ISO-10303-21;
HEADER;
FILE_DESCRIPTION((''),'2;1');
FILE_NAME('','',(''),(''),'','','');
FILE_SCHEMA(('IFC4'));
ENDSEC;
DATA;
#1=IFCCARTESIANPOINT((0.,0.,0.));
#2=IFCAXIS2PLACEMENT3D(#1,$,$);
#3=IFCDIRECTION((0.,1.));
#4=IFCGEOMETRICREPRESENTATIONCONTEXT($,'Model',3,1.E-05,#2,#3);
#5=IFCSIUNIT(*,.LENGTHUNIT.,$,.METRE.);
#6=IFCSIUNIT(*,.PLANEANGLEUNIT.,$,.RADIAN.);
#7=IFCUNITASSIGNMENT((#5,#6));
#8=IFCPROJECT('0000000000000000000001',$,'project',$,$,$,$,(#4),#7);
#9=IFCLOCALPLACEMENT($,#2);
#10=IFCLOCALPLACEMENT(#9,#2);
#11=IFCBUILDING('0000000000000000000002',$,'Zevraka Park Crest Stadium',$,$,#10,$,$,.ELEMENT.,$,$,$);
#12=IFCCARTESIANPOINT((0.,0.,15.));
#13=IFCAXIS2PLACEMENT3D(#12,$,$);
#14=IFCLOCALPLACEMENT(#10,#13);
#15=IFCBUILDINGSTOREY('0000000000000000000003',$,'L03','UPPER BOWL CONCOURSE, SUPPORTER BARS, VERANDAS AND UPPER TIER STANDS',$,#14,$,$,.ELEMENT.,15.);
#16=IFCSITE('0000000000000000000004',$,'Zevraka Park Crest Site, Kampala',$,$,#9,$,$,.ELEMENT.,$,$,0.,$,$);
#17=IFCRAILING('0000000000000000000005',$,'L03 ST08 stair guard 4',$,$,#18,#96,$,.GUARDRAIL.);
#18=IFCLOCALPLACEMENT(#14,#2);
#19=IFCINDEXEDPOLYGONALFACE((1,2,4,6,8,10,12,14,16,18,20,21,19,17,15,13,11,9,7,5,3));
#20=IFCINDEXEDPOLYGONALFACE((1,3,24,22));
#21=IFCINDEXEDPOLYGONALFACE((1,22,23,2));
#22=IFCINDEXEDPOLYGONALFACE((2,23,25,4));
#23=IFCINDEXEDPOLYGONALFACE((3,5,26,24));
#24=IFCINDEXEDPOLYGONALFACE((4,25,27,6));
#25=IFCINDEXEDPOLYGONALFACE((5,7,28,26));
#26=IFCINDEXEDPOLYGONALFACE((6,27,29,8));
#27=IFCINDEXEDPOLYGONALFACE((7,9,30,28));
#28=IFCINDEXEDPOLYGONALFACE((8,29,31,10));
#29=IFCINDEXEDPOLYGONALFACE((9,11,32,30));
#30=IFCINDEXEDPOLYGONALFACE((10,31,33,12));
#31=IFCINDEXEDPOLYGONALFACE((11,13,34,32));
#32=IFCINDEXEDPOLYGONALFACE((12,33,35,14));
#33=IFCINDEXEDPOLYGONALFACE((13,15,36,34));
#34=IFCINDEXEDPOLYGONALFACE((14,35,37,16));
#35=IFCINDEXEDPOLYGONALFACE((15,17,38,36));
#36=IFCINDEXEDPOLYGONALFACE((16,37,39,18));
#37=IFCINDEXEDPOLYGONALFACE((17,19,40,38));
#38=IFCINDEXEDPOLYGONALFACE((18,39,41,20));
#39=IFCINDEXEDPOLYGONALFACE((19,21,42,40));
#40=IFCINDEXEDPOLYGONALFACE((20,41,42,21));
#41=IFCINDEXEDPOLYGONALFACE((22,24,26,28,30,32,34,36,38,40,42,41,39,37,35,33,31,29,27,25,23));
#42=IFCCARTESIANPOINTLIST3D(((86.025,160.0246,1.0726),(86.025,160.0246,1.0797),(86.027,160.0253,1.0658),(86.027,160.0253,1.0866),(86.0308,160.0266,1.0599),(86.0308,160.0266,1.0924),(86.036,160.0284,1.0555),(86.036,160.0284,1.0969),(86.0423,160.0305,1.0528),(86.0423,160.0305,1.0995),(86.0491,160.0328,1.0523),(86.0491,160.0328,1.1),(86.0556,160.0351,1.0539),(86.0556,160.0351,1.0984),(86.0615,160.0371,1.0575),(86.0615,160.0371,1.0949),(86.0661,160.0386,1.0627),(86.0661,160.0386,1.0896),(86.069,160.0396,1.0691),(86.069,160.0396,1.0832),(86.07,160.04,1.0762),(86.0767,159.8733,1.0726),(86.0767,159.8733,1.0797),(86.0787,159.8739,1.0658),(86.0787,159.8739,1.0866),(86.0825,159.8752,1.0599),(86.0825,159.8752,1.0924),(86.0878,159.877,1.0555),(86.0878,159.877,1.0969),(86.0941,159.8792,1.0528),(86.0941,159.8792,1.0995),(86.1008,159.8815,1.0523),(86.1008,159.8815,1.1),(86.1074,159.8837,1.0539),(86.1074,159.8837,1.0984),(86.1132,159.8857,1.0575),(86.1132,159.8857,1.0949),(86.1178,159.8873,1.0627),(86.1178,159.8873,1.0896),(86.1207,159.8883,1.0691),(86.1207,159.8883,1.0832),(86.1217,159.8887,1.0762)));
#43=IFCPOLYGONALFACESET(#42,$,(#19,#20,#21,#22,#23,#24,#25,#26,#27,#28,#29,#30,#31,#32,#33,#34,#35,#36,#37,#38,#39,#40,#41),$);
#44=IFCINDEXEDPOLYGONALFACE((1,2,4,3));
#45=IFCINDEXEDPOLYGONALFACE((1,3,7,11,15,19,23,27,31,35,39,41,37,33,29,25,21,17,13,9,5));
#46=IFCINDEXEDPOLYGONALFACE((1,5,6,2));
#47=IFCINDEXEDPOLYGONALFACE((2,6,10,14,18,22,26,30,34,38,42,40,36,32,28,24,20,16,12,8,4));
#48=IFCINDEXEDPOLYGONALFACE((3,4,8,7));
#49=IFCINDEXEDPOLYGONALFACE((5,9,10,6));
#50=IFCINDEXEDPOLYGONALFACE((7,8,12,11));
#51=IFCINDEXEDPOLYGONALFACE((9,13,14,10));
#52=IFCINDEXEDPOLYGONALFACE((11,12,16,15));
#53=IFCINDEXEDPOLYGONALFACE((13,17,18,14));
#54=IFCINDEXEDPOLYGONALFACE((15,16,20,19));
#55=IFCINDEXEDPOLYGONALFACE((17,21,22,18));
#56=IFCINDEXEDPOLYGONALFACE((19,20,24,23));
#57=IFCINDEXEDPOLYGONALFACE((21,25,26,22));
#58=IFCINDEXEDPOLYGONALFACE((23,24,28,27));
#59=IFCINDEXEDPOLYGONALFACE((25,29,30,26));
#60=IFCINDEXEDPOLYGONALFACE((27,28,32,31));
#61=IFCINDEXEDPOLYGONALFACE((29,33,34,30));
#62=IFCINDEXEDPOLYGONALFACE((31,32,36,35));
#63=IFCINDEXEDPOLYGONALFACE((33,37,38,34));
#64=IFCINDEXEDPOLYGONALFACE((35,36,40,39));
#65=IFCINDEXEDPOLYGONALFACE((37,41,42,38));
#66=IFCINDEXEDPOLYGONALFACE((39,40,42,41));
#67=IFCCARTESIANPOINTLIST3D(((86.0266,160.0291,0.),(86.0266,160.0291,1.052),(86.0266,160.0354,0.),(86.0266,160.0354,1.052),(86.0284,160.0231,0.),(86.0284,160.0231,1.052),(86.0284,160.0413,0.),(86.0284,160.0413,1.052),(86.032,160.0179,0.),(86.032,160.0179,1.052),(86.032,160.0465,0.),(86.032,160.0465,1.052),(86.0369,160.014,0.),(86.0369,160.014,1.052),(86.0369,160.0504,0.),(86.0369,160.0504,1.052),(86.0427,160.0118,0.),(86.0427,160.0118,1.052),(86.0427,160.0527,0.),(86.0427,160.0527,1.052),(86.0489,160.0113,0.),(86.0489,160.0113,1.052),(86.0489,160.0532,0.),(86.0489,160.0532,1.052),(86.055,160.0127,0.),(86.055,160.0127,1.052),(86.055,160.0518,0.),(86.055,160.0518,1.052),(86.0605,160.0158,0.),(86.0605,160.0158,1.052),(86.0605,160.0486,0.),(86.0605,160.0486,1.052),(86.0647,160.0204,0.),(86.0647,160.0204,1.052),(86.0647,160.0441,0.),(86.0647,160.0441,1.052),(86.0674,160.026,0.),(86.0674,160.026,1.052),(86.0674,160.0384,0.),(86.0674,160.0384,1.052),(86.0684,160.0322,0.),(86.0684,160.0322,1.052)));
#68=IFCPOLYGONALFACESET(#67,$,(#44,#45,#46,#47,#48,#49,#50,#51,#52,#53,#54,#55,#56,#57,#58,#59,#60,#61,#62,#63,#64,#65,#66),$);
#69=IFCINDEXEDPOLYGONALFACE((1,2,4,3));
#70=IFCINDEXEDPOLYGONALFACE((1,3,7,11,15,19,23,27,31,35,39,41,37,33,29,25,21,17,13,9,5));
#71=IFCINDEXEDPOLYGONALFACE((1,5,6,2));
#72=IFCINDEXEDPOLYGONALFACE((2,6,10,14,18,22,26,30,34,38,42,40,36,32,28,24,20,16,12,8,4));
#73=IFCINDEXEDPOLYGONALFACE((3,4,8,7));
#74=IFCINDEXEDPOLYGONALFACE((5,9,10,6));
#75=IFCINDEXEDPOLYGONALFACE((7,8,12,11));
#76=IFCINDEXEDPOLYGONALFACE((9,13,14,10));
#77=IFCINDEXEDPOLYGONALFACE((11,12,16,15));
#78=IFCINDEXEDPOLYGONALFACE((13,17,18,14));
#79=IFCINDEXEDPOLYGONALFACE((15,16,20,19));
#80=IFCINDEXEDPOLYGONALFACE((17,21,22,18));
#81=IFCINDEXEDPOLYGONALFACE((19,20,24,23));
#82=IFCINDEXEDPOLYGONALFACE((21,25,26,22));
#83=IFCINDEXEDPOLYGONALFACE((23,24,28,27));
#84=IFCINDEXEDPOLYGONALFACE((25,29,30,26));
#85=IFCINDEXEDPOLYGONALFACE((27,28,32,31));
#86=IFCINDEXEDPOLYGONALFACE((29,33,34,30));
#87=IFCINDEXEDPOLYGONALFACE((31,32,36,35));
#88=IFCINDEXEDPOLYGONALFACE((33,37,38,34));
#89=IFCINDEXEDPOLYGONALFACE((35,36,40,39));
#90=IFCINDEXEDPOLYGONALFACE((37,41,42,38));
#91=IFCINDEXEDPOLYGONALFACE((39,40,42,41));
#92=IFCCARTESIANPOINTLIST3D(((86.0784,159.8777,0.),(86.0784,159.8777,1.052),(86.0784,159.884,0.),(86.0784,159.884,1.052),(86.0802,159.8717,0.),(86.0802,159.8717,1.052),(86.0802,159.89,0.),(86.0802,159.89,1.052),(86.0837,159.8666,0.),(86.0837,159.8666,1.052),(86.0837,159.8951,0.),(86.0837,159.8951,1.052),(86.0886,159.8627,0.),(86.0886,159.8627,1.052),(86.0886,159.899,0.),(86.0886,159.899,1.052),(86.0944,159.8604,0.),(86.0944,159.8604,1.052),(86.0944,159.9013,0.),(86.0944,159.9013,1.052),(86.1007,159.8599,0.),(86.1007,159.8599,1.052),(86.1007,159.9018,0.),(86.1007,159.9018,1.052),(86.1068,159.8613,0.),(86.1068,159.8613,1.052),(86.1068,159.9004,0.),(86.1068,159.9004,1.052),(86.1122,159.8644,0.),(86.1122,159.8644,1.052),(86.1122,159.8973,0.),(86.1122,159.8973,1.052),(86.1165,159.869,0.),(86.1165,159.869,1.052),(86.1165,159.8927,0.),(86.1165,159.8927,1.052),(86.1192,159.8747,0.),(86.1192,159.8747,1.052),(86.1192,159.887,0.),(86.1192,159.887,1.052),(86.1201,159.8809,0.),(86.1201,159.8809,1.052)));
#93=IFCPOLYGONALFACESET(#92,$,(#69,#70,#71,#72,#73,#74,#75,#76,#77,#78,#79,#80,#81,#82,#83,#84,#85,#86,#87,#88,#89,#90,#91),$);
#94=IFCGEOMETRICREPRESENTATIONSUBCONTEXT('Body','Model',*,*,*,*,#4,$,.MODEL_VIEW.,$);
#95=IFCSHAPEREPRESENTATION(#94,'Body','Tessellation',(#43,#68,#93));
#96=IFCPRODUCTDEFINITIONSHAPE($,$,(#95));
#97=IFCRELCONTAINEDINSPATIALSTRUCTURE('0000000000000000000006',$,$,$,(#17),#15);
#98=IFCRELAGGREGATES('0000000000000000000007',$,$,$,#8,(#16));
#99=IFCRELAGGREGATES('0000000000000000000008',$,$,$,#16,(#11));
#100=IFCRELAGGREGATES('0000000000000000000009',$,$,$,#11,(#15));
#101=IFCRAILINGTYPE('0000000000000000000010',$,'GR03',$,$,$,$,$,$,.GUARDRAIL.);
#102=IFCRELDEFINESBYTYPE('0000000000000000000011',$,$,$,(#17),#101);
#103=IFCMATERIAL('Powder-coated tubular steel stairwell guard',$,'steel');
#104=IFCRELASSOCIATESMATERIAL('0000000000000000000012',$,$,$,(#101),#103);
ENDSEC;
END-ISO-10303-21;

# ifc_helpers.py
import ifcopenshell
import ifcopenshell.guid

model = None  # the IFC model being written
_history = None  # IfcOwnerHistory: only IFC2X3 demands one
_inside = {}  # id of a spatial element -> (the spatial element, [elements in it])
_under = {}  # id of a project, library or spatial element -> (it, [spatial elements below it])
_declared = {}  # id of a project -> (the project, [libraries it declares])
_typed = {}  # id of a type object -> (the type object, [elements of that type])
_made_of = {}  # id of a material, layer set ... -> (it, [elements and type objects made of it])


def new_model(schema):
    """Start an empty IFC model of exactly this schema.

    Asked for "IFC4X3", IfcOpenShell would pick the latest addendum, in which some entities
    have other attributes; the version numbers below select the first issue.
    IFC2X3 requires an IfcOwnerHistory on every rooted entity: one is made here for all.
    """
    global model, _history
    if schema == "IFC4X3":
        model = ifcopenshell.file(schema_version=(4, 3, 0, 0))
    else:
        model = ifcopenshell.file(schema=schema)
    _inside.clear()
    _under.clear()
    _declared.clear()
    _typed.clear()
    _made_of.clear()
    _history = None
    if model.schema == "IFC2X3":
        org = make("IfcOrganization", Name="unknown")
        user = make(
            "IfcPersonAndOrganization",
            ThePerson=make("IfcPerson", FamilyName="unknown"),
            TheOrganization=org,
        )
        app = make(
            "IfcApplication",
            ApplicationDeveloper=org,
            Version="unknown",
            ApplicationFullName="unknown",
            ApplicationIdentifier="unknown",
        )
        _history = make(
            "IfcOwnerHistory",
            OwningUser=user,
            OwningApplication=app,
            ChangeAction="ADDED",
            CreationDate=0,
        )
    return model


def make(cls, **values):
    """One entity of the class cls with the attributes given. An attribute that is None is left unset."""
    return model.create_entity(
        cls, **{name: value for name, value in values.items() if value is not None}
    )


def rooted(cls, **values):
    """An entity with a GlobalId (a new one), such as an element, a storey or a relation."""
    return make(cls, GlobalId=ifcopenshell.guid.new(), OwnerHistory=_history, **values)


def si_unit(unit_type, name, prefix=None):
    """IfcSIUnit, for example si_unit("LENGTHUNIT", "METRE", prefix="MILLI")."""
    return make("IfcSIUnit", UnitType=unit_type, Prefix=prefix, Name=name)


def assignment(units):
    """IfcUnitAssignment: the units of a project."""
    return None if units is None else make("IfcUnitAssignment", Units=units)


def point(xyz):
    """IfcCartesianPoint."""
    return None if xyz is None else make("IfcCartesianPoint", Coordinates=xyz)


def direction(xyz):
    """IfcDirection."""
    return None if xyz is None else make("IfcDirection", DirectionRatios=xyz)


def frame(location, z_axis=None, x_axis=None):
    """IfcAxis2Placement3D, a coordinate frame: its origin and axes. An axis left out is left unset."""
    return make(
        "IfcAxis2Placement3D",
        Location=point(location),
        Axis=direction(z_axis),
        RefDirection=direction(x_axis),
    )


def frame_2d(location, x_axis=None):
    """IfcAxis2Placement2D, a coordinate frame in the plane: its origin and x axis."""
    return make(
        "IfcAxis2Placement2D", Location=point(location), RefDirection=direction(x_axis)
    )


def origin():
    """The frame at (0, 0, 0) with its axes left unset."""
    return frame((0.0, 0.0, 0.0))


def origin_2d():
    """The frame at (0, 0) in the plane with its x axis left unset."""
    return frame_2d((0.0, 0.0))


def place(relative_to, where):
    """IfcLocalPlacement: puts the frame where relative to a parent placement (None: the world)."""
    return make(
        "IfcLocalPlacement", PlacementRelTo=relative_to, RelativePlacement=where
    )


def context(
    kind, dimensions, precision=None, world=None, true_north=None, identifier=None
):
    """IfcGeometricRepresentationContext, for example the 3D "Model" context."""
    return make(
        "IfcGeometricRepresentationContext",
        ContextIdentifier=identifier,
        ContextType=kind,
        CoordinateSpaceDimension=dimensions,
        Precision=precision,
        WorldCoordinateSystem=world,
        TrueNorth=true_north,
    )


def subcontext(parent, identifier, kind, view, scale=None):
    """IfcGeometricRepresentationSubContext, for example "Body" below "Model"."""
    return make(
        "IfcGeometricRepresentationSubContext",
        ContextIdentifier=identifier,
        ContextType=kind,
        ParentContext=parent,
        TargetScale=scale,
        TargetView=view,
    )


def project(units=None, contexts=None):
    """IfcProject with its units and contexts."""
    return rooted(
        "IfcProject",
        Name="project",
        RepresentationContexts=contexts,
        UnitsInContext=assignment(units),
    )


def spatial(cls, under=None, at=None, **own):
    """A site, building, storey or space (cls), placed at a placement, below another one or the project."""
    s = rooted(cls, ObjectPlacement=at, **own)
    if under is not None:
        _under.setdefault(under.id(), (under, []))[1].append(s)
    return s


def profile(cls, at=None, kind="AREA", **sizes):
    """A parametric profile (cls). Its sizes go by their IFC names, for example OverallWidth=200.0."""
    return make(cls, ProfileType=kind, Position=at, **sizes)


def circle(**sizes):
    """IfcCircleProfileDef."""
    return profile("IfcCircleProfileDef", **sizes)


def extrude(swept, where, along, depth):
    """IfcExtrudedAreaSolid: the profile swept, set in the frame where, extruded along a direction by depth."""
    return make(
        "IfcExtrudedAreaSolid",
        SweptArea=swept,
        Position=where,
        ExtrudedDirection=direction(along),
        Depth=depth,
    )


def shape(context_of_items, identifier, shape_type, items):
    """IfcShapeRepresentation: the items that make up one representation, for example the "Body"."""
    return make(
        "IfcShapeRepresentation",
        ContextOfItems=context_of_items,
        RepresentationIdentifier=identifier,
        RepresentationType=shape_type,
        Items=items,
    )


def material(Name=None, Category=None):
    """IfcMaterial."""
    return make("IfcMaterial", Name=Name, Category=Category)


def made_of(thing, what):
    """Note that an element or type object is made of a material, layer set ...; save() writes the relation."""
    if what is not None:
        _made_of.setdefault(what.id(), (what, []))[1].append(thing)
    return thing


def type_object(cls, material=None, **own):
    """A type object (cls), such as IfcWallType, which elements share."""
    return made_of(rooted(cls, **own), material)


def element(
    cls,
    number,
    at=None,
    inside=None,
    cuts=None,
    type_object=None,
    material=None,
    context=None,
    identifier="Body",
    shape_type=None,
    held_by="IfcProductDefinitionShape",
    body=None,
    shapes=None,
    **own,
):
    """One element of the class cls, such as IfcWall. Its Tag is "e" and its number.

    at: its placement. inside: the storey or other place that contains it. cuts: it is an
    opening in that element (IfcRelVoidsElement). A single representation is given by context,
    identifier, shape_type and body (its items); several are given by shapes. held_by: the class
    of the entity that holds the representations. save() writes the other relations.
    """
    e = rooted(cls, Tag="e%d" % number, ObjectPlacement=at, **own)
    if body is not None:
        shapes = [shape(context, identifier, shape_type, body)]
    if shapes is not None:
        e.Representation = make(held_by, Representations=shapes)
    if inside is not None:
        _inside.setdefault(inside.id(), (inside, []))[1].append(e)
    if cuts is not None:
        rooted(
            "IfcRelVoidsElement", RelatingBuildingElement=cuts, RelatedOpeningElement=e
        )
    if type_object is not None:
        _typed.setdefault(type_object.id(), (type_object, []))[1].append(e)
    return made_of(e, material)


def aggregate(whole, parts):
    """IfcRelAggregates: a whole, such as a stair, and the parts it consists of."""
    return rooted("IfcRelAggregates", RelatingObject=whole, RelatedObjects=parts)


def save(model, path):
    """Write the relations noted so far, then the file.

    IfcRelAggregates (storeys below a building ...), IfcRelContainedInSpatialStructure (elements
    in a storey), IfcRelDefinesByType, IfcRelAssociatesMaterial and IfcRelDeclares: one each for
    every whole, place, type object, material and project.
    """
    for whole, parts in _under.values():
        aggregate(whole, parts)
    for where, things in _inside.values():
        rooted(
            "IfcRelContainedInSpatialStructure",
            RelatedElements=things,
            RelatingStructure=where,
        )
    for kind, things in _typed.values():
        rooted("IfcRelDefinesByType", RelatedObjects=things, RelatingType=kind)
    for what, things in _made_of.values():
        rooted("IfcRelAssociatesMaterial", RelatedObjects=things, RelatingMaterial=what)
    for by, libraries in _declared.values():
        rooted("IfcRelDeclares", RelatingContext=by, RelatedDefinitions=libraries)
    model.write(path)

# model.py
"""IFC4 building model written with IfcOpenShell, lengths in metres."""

from ifc_helpers import new_model, si_unit, direction, frame, origin, origin_2d, place, context, subcontext, project, spatial, circle, extrude, material, type_object, element, save


model = new_model("IFC4")

# Units and contexts
model_context = context("Model", 3, precision=1e-05, world=origin(), true_north=direction((0.0, 1.0)))
body_context = subcontext(model_context, "Body", "Model", "MODEL_VIEW")
ifc_project = project(units=[si_unit("LENGTHUNIT", "METRE"), si_unit("PLANEANGLEUNIT", "RADIAN")], contexts=[model_context])

# Site, building, storey
site_placement = place(None, origin())
site = spatial("IfcSite", under=ifc_project, at=site_placement, Name="Zevraka Park Crest Site, Kampala", CompositionType="ELEMENT", RefElevation=0.0)
building_placement = place(site_placement, origin())
building = spatial("IfcBuilding", under=site, at=building_placement, Name="Zevraka Park Crest Stadium", CompositionType="ELEMENT")
storey_placement = place(building_placement, frame((0.0, 0.0, 15.0)))
storey = spatial("IfcBuildingStorey", under=building, at=storey_placement, Name="L03", Description="UPPER BOWL CONCOURSE, SUPPORTER BARS, VERANDAS AND UPPER TIER STANDS", CompositionType="ELEMENT", Elevation=15.0)

# Railing
ifc_material_1 = material(Name="Powder-coated tubular steel stairwell guard", Category="steel")
railing_type_1 = type_object("IfcRailingType", Name="GR03", PredefinedType="GUARDRAIL", material=ifc_material_1)
railing_1_placement = place(storey_placement, frame((86.0474, 160.0322, 0.0)))
element("IfcRailing", 1, at=railing_1_placement, inside=storey, type_object=railing_type_1, Name="L03 ST08 stair guard 4", PredefinedType="GUARDRAIL", context=body_context, shape_type="SweptSolid", body=[
    extrude(circle(Radius=0.0239, at=origin_2d()), frame((0.0, 0.0, 1.0762), z_axis=(0.323544, -0.946213, 0.0), x_axis=(0.946213, 0.323544, 0.0)), (0.0, 0.0, 1.0), 0.1599),
    extrude(circle(Radius=0.021, at=origin_2d()), origin(), (0.0, 0.0, 1.0), 1.052),
    extrude(circle(Radius=0.021, at=origin_2d()), frame((0.0518, -0.1514, 0.0)), (0.0, 0.0, 1.0), 1.052),
])

save(model, "model.ifc")
